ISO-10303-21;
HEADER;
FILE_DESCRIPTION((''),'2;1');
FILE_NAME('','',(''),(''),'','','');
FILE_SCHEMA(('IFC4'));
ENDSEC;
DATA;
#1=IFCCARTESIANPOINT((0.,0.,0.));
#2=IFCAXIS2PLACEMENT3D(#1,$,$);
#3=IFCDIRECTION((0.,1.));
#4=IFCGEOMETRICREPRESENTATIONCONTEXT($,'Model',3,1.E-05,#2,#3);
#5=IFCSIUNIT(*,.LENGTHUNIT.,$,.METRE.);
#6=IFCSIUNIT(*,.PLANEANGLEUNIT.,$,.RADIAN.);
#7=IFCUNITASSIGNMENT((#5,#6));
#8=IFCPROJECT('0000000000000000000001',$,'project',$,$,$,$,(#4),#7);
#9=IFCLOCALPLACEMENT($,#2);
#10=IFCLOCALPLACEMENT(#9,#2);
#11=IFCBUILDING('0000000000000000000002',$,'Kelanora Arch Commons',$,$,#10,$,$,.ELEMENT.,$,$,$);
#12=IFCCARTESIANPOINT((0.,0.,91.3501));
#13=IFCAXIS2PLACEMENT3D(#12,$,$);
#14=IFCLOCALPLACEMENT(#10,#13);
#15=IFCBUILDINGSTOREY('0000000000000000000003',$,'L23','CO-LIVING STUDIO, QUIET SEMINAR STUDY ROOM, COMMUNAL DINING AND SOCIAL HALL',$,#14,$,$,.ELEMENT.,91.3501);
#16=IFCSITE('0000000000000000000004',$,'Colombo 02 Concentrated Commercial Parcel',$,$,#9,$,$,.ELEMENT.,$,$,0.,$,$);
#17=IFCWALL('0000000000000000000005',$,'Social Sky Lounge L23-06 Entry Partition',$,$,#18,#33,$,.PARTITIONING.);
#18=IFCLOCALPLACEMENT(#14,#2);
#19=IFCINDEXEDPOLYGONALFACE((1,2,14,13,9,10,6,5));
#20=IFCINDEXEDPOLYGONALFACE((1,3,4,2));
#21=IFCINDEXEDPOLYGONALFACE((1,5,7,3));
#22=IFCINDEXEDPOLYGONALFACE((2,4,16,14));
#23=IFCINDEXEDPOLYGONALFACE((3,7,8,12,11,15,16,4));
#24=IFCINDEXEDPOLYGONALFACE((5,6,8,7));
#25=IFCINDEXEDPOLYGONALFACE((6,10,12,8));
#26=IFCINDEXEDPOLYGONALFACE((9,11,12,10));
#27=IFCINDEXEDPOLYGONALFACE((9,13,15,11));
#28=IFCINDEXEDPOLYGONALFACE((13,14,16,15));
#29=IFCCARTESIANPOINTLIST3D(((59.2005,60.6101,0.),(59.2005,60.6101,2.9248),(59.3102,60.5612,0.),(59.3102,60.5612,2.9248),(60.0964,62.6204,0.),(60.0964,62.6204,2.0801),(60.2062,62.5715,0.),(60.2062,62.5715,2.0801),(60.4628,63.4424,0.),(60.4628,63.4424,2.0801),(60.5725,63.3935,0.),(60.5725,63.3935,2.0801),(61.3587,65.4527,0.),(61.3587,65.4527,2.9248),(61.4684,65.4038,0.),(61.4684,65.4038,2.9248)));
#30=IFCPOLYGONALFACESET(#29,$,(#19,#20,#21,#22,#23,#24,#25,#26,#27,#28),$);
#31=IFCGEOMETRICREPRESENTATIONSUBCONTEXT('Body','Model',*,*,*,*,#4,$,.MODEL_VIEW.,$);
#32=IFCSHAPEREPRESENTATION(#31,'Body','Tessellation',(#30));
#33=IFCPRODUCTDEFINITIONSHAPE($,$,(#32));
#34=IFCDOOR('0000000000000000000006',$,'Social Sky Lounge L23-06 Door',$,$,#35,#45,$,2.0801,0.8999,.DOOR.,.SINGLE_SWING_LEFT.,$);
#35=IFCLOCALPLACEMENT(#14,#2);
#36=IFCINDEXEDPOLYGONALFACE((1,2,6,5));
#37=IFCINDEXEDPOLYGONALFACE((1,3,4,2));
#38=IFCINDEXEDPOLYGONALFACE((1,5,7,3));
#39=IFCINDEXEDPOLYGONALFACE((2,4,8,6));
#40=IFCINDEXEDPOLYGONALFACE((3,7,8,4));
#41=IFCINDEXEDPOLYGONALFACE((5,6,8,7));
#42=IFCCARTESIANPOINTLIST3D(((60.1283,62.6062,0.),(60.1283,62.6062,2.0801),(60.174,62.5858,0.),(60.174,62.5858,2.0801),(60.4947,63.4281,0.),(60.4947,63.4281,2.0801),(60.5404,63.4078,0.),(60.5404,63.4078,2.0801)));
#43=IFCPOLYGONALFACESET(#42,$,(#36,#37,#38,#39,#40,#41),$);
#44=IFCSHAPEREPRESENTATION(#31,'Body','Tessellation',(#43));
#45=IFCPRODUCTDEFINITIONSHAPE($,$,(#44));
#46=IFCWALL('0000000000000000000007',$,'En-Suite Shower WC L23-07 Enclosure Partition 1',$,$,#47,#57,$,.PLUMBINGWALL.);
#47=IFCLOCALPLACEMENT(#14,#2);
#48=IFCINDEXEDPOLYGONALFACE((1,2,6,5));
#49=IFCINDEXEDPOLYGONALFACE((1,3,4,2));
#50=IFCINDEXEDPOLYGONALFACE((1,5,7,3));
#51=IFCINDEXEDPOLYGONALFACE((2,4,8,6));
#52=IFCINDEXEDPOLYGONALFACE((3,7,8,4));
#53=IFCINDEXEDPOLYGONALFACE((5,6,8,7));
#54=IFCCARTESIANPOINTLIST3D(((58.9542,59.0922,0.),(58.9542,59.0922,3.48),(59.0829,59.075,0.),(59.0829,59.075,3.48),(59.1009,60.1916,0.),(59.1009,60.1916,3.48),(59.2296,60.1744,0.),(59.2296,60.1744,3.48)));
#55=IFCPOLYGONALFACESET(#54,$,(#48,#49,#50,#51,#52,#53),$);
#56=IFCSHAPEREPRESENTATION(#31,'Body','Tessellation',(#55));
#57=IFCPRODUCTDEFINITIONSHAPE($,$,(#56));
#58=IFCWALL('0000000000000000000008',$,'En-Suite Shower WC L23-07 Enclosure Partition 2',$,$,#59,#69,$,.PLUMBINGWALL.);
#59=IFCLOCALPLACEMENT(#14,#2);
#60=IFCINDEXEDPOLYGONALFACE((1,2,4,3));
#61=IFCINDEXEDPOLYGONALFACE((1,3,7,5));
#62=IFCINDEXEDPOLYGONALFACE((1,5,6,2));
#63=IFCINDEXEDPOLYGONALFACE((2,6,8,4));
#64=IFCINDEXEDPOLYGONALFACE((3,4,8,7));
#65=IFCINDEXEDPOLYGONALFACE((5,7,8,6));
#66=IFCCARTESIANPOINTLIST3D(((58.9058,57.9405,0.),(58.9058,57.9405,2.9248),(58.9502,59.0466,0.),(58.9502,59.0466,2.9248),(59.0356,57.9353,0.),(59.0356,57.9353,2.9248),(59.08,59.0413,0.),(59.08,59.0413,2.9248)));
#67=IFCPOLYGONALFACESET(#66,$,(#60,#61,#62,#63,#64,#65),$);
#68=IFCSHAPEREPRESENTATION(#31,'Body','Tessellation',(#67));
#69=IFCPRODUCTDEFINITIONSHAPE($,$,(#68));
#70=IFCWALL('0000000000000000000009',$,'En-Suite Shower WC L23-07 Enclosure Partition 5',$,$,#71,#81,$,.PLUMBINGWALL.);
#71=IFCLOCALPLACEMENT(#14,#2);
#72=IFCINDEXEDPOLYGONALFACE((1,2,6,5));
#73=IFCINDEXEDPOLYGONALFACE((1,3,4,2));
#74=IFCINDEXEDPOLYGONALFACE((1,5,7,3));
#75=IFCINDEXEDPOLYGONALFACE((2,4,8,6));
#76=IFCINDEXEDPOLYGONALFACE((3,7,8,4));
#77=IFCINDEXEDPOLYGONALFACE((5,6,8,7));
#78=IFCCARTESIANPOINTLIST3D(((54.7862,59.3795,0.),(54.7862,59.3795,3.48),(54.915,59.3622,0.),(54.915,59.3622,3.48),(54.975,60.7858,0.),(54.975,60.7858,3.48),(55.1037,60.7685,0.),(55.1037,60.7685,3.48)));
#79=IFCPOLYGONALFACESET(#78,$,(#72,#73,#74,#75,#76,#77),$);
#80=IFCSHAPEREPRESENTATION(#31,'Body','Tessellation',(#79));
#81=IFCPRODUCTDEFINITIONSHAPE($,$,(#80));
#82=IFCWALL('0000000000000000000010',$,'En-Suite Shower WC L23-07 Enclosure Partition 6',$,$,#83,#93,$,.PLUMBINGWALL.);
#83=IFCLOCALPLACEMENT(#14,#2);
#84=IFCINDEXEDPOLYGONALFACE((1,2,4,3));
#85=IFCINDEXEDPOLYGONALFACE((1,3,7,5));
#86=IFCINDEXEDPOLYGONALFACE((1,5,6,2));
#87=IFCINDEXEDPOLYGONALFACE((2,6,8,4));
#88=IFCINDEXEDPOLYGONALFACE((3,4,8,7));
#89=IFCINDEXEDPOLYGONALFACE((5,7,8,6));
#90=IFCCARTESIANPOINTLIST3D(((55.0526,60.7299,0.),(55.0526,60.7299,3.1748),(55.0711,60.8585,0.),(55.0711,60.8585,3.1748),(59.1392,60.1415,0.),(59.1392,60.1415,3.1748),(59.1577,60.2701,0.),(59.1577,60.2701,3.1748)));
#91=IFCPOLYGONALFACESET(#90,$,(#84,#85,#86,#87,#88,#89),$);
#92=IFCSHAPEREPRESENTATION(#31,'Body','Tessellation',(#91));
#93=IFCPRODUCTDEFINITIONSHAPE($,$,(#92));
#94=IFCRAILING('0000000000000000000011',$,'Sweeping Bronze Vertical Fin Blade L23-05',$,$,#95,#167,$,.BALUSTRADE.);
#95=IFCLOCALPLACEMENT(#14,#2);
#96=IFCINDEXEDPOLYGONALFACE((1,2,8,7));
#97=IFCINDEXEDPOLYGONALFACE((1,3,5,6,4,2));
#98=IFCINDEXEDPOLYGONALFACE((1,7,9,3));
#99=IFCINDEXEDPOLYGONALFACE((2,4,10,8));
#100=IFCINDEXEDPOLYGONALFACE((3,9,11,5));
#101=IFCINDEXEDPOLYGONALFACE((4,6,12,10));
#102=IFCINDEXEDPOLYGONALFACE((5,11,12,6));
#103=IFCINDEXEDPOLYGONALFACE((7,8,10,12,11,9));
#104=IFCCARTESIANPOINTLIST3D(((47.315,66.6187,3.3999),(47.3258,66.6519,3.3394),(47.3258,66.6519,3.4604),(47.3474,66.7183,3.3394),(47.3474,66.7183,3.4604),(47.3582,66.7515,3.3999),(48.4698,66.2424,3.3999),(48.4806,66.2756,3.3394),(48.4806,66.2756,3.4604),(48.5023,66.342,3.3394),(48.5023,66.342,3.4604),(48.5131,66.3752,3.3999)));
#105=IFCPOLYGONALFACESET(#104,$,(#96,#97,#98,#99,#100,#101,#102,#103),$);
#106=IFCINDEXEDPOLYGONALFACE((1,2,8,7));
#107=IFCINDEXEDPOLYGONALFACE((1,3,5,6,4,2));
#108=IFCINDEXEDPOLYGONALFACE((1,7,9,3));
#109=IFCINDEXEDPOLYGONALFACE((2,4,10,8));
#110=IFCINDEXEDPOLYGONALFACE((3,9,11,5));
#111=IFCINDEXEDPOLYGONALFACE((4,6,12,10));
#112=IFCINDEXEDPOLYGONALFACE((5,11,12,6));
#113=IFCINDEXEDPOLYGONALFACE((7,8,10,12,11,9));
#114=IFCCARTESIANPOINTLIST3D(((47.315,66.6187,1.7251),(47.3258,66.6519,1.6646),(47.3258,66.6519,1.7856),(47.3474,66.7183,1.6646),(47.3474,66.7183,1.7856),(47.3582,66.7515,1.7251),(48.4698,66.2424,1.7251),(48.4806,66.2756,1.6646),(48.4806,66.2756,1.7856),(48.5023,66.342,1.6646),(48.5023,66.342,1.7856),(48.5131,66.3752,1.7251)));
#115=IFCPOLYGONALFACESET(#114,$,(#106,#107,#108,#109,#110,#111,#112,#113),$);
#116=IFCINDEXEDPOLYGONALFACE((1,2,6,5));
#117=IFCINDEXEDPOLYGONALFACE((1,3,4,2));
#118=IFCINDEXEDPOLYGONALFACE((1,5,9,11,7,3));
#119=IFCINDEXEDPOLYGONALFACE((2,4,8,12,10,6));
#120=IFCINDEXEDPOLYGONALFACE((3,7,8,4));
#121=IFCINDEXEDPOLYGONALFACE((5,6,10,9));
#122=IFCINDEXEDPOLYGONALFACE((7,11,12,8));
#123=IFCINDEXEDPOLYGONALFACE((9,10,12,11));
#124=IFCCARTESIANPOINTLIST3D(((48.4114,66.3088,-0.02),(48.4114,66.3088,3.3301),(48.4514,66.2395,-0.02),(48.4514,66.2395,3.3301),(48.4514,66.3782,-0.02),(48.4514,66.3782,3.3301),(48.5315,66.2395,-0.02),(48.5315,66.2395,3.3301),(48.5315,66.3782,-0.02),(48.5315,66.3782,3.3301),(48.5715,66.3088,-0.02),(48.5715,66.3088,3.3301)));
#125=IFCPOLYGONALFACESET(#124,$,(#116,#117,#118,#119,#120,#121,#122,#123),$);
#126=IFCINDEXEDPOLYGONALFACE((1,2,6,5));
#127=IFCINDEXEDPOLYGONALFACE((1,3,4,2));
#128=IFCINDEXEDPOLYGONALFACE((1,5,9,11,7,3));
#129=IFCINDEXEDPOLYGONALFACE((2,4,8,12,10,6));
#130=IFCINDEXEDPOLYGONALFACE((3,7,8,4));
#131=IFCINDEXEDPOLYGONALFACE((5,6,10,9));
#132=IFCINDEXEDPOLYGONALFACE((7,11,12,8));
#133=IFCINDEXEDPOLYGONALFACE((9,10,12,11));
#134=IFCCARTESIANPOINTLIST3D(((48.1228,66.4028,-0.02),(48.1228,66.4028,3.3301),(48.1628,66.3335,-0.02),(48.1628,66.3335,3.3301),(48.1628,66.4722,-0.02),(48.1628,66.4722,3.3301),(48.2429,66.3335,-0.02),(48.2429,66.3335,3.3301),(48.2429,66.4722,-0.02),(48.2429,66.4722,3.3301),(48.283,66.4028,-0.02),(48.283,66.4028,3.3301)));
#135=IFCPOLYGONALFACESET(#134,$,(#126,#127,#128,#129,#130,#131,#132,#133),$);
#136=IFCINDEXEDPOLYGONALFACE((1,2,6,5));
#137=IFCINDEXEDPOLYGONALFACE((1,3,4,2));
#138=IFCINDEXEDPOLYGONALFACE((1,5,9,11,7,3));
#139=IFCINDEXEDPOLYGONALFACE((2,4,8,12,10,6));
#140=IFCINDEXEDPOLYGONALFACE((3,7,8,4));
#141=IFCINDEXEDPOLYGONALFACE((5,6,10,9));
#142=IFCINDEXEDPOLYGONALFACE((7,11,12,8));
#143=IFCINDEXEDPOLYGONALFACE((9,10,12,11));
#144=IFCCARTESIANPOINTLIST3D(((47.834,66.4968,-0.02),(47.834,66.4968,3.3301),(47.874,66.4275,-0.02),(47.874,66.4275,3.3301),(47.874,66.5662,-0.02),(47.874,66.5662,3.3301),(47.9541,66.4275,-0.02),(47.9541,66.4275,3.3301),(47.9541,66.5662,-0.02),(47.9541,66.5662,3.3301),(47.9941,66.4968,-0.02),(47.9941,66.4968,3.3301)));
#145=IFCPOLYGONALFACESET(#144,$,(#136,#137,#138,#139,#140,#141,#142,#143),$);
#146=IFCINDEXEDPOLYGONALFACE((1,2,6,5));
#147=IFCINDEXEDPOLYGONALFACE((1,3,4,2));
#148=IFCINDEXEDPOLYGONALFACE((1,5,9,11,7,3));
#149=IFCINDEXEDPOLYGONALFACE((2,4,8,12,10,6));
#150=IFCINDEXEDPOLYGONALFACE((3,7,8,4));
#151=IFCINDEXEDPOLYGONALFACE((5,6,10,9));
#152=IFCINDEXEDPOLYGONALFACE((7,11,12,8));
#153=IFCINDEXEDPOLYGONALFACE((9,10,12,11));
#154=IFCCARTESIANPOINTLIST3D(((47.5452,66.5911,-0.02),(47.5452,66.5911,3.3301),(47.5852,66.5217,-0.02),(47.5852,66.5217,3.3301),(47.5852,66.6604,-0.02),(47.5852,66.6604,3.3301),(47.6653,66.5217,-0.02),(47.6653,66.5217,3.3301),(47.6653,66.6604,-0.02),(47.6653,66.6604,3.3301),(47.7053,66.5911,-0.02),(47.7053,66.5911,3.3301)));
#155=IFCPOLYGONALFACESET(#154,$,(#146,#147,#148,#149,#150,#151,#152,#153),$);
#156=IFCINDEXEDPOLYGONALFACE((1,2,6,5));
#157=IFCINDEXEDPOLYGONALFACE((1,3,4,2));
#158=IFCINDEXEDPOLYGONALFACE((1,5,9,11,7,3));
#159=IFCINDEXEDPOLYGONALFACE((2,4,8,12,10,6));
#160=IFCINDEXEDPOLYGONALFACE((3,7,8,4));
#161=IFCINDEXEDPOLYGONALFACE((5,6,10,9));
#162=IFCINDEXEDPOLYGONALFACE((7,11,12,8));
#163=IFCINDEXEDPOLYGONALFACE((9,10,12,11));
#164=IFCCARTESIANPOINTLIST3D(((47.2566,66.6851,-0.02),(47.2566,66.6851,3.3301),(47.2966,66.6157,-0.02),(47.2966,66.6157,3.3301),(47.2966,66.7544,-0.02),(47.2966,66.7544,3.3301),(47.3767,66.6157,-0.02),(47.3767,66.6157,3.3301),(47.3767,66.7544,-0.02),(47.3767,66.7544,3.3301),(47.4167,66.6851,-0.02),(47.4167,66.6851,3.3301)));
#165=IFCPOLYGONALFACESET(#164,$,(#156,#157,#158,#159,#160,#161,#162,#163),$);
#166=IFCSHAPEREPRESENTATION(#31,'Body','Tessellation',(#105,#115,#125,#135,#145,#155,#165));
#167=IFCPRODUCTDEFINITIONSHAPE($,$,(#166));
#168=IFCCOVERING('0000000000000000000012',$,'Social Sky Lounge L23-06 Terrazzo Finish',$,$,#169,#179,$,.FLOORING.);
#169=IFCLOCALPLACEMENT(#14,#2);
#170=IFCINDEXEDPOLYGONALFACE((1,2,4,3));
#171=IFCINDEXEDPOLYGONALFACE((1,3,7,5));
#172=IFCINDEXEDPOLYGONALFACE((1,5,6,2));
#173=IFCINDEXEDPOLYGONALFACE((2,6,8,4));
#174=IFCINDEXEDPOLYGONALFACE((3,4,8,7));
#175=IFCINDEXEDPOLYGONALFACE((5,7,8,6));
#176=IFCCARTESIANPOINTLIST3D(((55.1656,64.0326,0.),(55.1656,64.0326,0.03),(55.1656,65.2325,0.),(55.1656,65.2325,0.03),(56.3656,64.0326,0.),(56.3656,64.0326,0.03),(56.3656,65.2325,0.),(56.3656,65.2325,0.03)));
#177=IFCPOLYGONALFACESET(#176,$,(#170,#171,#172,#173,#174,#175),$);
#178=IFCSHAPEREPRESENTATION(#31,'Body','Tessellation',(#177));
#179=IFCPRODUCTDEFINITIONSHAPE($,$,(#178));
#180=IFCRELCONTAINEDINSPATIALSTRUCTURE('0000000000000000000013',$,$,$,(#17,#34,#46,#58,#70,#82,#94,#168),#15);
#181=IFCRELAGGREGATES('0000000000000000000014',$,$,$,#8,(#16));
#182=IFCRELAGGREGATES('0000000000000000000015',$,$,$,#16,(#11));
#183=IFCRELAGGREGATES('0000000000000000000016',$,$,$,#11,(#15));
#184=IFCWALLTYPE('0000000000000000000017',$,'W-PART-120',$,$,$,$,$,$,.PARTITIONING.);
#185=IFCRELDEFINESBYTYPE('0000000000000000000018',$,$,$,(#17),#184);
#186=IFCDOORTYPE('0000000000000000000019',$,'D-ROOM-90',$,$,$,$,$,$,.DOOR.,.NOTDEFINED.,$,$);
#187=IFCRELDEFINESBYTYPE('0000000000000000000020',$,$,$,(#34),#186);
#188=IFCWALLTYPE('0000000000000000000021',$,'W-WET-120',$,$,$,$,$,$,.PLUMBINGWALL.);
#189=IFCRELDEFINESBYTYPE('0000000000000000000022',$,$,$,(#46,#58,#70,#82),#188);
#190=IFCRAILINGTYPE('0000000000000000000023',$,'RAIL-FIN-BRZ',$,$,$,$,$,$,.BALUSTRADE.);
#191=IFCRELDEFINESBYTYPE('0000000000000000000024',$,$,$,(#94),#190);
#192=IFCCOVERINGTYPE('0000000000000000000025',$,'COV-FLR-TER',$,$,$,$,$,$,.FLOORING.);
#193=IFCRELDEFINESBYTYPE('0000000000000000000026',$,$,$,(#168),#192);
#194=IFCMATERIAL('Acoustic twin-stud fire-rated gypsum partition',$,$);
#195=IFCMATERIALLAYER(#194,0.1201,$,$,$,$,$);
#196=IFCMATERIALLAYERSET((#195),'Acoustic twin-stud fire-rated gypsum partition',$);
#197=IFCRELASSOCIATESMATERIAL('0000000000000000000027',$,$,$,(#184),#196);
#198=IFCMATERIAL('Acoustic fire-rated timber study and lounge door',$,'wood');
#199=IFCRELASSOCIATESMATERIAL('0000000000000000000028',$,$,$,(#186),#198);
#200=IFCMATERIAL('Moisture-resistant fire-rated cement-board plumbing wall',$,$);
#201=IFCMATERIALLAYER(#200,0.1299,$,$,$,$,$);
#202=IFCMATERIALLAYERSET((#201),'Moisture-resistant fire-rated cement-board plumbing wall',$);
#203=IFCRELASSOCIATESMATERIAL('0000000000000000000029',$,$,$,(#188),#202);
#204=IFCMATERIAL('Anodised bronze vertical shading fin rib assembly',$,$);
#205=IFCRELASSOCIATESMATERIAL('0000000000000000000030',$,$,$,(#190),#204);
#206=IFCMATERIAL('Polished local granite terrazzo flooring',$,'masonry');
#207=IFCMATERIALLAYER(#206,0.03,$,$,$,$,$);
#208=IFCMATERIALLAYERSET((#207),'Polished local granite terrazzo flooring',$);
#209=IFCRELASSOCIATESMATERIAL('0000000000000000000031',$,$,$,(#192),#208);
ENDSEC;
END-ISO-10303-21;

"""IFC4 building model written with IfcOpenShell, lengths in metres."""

from ifc_helpers import new_model, si_unit, direction, frame, frame_2d, origin, origin_2d, place, context, subcontext, project, spatial, polyline, rectangle, outline, extrude, source, transform, mapped, material, layer, layer_set, type_object, element, fill, save


model = new_model("IFC4")

# Units and contexts
model_context = context("Model", 3, precision=1e-05, world=origin(), true_north=direction((0.0, 1.0)))
body_context = subcontext(model_context, "Body", "Model", "MODEL_VIEW")
ifc_project = project(units=[si_unit("LENGTHUNIT", "METRE"), si_unit("PLANEANGLEUNIT", "RADIAN")], contexts=[model_context])

# Site, building, storey
site_placement = place(None, origin())
site = spatial("IfcSite", under=ifc_project, at=site_placement, Name="Colombo 02 Concentrated Commercial Parcel", CompositionType="ELEMENT", RefElevation=0.0)
building_placement = place(site_placement, origin())
building = spatial("IfcBuilding", under=site, at=building_placement, Name="Kelanora Arch Commons", CompositionType="ELEMENT")
storey_placement = place(building_placement, frame((0.0, 0.0, 91.3501)))
storey = spatial("IfcBuildingStorey", under=building, at=storey_placement, Name="L23", Description="CO-LIVING STUDIO, QUIET SEMINAR STUDY ROOM, COMMUNAL DINING AND SOCIAL HALL", CompositionType="ELEMENT", Elevation=91.3501)

# Wall, opening, door
ifc_material_1 = material(Name="Acoustic twin-stud fire-rated gypsum partition")
ifc_layer_1 = layer(ifc_material_1, 0.1201)
ifc_layer_set_1 = layer_set([ifc_layer_1], Name="Acoustic twin-stud fire-rated gypsum partition")
wall_type_1 = type_object("IfcWallType", Name="W-PART-120", PredefinedType="PARTITIONING", material=ifc_layer_set_1)
wall_1_placement = place(storey_placement, frame((61.4136, 65.4282, 0.0), z_axis=(0.0, 0.0, 1.0), x_axis=(-0.407078, -0.913393, 0.0)))
wall_1 = element("IfcWall", 1, at=wall_1_placement, inside=storey, type_object=wall_type_1, Name="Social Sky Lounge L23-06 Entry Partition", PredefinedType="PARTITIONING", context=body_context, shape_type="SweptSolid", body=[
    extrude(rectangle(XDim=5.3018, YDim=0.1201, at=frame_2d((2.6509, 0.0))), origin(), (0.0, 0.0, 1.0), 2.9248),
])
opening_placement = place(wall_1_placement, frame((2.2009, 0.0, 0.0)))
opening = element("IfcOpeningElement", 2, at=opening_placement, cuts=wall_1, PredefinedType="OPENING", context=body_context, shape_type="SweptSolid", body=[
    extrude(rectangle(XDim=0.8999, YDim=2.0801, at=frame_2d((0.45, 1.04))), frame((0.0, 0.0701, 0.0), z_axis=(0.0, -1.0, 0.0), x_axis=(1.0, 0.0, 0.0)), (0.0, 0.0, 1.0), 0.1401),
])
ifc_material_2 = material(Name="Acoustic fire-rated timber study and lounge door", Category="wood")
door_type = type_object("IfcDoorType", Name="D-ROOM-90", OperationType="NOTDEFINED", PredefinedType="DOOR", material=ifc_material_2)
door_placement = place(opening_placement, origin())
door = element("IfcDoor", 3, at=door_placement, inside=storey, type_object=door_type, Name="Social Sky Lounge L23-06 Door", OperationType="SINGLE_SWING_LEFT", OverallHeight=2.0801, OverallWidth=0.8999, PredefinedType="DOOR", context=body_context, shape_type="SweptSolid", body=[
    extrude(rectangle(XDim=0.8999, YDim=2.0801, at=frame_2d((0.45, 1.04))), frame((0.0, 0.0249, 0.0), z_axis=(0.0, -1.0, 0.0), x_axis=(1.0, 0.0, 0.0)), (0.0, 0.0, 1.0), 0.05),
])
fill(opening, door)

# Walls
ifc_material_3 = material(Name="Moisture-resistant fire-rated cement-board plumbing wall")
ifc_layer_2 = layer(ifc_material_3, 0.1299)
ifc_layer_set_2 = layer_set([ifc_layer_2], Name="Moisture-resistant fire-rated cement-board plumbing wall")
wall_type_2 = type_object("IfcWallType", Name="W-WET-120", PredefinedType="PLUMBINGWALL", material=ifc_layer_set_2)
wall_2_placement = place(storey_placement, frame((59.1653, 60.1831, 0.0), z_axis=(0.0, 0.0, 1.0), x_axis=(-0.132293, -0.991211, 0.0)))
element("IfcWall", 4, at=wall_2_placement, inside=storey, type_object=wall_type_2, Name="En-Suite Shower WC L23-07 Enclosure Partition 1", PredefinedType="PLUMBINGWALL", context=body_context, shape_type="SweptSolid", body=[
    extrude(rectangle(XDim=1.1091, YDim=0.1299, at=frame_2d((0.5547, 0.0))), origin(), (0.0, 0.0, 1.0), 3.48),
])
wall_3_placement = place(storey_placement, frame((59.0151, 59.0439, 0.0), z_axis=(0.0, 0.0, 1.0), x_axis=(-0.040144, -0.999194, 0.0)))
element("IfcWall", 5, at=wall_3_placement, inside=storey, type_object=wall_type_2, Name="En-Suite Shower WC L23-07 Enclosure Partition 2", PredefinedType="PLUMBINGWALL", context=body_context, shape_type="SweptSolid", body=[
    extrude(rectangle(XDim=1.1069, YDim=0.1299, at=frame_2d((0.5535, 0.0))), origin(), (0.0, 0.0, 1.0), 2.9248),
])
wall_4_placement = place(storey_placement, frame((54.8506, 59.3708, 0.0), z_axis=(0.0, 0.0, 1.0), x_axis=(0.133009, 0.991115, 0.0)))
element("IfcWall", 6, at=wall_4_placement, inside=storey, type_object=wall_type_2, Name="En-Suite Shower WC L23-07 Enclosure Partition 5", PredefinedType="PLUMBINGWALL", context=body_context, shape_type="SweptSolid", body=[
    extrude(rectangle(XDim=1.4189, YDim=0.1299, at=frame_2d((0.7095, 0.0))), origin(), (0.0, 0.0, 1.0), 3.48),
])
wall_5_placement = place(storey_placement, frame((55.0618, 60.7942, 0.0), z_axis=(0.0, 0.0, 1.0), x_axis=(0.989793, -0.142514, 0.0)))
element("IfcWall", 7, at=wall_5_placement, inside=storey, type_object=wall_type_2, Name="En-Suite Shower WC L23-07 Enclosure Partition 6", PredefinedType="PLUMBINGWALL", context=body_context, shape_type="SweptSolid", body=[
    extrude(rectangle(XDim=4.1287, YDim=0.1299, at=frame_2d((2.0645, 0.0))), origin(), (0.0, 0.0, 1.0), 3.1748),
])

# Railing
ifc_material_4 = material(Name="Anodised bronze vertical shading fin rib assembly")
railing_type = type_object("IfcRailingType", Name="RAIL-FIN-BRZ", PredefinedType="BALUSTRADE", material=ifc_material_4)
railing_placement = place(storey_placement, frame((48.4915, 66.3088, -0.02)))
element("IfcRailing", 8, at=railing_placement, inside=storey, type_object=railing_type, Name="Sweeping Bronze Vertical Fin Blade L23-05", PredefinedType="BALUSTRADE", context=body_context, shape_type="SweptSolid", body=[
    extrude(outline(polyline([(0.0698, 0.0), (0.0349, 0.0605), (-0.0349, 0.0605), (-0.0698, 0.0), (-0.0349, -0.0605), (0.0349, -0.0605), (0.0698, 0.0)])), frame((0.0, 0.0, 3.4199), z_axis=(-0.950812, 0.309768, 0.0), x_axis=(-0.309768, -0.950812, 0.0)), (0.0, 0.0, 1.0), 1.2146),
    extrude(outline(polyline([(0.0698, 0.0), (0.0349, 0.0605), (-0.0349, 0.0605), (-0.0698, 0.0), (-0.0349, -0.0605), (0.0349, -0.0605), (0.0698, 0.0)])), frame((0.0, 0.0, 1.7451), z_axis=(-0.950812, 0.309768, 0.0), x_axis=(-0.309768, -0.950812, 0.0)), (0.0, 0.0, 1.0), 1.2146),
    extrude(outline(polyline([(0.0801, 0.0), (0.04, 0.0693), (-0.04, 0.0693), (-0.0801, 0.0), (-0.04, -0.0693), (0.04, -0.0693), (0.0801, 0.0)])), origin(), (0.0, 0.0, 1.0), 3.3501),
    extrude(outline(polyline([(0.0801, 0.0), (0.04, 0.0693), (-0.04, 0.0693), (-0.0801, 0.0), (-0.04, -0.0693), (0.04, -0.0693), (0.0801, 0.0)])), frame((-0.2886, 0.094, 0.0)), (0.0, 0.0, 1.0), 3.3501),
    extrude(outline(polyline([(0.0801, 0.0), (0.04, 0.0693), (-0.04, 0.0693), (-0.0801, 0.0), (-0.04, -0.0693), (0.04, -0.0693), (0.0801, 0.0)])), frame((-0.5774, 0.188, 0.0)), (0.0, 0.0, 1.0), 3.3501),
    extrude(outline(polyline([(0.0801, 0.0), (0.04, 0.0693), (-0.04, 0.0693), (-0.0801, 0.0), (-0.04, -0.0693), (0.04, -0.0693), (0.0801, 0.0)])), frame((-0.8662, 0.2822, 0.0)), (0.0, 0.0, 1.0), 3.3501),
    extrude(outline(polyline([(0.0801, 0.0), (0.04, 0.0693), (-0.04, 0.0693), (-0.0801, 0.0), (-0.04, -0.0693), (0.04, -0.0693), (0.0801, 0.0)])), frame((-1.1548, 0.3762, 0.0)), (0.0, 0.0, 1.0), 3.3501),
])

# Covering
ifc_material_5 = material(Name="Polished local granite terrazzo flooring", Category="masonry")
ifc_layer_3 = layer(ifc_material_5, 0.03)
ifc_layer_set_3 = layer_set([ifc_layer_3], Name="Polished local granite terrazzo flooring")
covering_type = type_object("IfcCoveringType", Name="COV-FLR-TER", PredefinedType="FLOORING", material=ifc_layer_set_3)
shared_shape_1 = source(origin(), body_context, "Body", "SweptSolid", [
    extrude(rectangle(XDim=1.2, YDim=1.2, at=origin_2d()), origin(), (0.0, 0.0, 1.0), 0.03),
])
covering_placement = place(storey_placement, frame((55.7656, 64.6326, 0.0), z_axis=(0.0, 0.0, 1.0), x_axis=(1.0, 0.0, 0.0)))
element("IfcCovering", 9, at=covering_placement, inside=storey, type_object=covering_type, Name="Social Sky Lounge L23-06 Terrazzo Finish", PredefinedType="FLOORING", context=body_context, shape_type="MappedRepresentation", body=[
    mapped(shared_shape_1, transform((0.0, 0.0, 0.0), scale=1.0)),
])

save(model, "model.ifc")
